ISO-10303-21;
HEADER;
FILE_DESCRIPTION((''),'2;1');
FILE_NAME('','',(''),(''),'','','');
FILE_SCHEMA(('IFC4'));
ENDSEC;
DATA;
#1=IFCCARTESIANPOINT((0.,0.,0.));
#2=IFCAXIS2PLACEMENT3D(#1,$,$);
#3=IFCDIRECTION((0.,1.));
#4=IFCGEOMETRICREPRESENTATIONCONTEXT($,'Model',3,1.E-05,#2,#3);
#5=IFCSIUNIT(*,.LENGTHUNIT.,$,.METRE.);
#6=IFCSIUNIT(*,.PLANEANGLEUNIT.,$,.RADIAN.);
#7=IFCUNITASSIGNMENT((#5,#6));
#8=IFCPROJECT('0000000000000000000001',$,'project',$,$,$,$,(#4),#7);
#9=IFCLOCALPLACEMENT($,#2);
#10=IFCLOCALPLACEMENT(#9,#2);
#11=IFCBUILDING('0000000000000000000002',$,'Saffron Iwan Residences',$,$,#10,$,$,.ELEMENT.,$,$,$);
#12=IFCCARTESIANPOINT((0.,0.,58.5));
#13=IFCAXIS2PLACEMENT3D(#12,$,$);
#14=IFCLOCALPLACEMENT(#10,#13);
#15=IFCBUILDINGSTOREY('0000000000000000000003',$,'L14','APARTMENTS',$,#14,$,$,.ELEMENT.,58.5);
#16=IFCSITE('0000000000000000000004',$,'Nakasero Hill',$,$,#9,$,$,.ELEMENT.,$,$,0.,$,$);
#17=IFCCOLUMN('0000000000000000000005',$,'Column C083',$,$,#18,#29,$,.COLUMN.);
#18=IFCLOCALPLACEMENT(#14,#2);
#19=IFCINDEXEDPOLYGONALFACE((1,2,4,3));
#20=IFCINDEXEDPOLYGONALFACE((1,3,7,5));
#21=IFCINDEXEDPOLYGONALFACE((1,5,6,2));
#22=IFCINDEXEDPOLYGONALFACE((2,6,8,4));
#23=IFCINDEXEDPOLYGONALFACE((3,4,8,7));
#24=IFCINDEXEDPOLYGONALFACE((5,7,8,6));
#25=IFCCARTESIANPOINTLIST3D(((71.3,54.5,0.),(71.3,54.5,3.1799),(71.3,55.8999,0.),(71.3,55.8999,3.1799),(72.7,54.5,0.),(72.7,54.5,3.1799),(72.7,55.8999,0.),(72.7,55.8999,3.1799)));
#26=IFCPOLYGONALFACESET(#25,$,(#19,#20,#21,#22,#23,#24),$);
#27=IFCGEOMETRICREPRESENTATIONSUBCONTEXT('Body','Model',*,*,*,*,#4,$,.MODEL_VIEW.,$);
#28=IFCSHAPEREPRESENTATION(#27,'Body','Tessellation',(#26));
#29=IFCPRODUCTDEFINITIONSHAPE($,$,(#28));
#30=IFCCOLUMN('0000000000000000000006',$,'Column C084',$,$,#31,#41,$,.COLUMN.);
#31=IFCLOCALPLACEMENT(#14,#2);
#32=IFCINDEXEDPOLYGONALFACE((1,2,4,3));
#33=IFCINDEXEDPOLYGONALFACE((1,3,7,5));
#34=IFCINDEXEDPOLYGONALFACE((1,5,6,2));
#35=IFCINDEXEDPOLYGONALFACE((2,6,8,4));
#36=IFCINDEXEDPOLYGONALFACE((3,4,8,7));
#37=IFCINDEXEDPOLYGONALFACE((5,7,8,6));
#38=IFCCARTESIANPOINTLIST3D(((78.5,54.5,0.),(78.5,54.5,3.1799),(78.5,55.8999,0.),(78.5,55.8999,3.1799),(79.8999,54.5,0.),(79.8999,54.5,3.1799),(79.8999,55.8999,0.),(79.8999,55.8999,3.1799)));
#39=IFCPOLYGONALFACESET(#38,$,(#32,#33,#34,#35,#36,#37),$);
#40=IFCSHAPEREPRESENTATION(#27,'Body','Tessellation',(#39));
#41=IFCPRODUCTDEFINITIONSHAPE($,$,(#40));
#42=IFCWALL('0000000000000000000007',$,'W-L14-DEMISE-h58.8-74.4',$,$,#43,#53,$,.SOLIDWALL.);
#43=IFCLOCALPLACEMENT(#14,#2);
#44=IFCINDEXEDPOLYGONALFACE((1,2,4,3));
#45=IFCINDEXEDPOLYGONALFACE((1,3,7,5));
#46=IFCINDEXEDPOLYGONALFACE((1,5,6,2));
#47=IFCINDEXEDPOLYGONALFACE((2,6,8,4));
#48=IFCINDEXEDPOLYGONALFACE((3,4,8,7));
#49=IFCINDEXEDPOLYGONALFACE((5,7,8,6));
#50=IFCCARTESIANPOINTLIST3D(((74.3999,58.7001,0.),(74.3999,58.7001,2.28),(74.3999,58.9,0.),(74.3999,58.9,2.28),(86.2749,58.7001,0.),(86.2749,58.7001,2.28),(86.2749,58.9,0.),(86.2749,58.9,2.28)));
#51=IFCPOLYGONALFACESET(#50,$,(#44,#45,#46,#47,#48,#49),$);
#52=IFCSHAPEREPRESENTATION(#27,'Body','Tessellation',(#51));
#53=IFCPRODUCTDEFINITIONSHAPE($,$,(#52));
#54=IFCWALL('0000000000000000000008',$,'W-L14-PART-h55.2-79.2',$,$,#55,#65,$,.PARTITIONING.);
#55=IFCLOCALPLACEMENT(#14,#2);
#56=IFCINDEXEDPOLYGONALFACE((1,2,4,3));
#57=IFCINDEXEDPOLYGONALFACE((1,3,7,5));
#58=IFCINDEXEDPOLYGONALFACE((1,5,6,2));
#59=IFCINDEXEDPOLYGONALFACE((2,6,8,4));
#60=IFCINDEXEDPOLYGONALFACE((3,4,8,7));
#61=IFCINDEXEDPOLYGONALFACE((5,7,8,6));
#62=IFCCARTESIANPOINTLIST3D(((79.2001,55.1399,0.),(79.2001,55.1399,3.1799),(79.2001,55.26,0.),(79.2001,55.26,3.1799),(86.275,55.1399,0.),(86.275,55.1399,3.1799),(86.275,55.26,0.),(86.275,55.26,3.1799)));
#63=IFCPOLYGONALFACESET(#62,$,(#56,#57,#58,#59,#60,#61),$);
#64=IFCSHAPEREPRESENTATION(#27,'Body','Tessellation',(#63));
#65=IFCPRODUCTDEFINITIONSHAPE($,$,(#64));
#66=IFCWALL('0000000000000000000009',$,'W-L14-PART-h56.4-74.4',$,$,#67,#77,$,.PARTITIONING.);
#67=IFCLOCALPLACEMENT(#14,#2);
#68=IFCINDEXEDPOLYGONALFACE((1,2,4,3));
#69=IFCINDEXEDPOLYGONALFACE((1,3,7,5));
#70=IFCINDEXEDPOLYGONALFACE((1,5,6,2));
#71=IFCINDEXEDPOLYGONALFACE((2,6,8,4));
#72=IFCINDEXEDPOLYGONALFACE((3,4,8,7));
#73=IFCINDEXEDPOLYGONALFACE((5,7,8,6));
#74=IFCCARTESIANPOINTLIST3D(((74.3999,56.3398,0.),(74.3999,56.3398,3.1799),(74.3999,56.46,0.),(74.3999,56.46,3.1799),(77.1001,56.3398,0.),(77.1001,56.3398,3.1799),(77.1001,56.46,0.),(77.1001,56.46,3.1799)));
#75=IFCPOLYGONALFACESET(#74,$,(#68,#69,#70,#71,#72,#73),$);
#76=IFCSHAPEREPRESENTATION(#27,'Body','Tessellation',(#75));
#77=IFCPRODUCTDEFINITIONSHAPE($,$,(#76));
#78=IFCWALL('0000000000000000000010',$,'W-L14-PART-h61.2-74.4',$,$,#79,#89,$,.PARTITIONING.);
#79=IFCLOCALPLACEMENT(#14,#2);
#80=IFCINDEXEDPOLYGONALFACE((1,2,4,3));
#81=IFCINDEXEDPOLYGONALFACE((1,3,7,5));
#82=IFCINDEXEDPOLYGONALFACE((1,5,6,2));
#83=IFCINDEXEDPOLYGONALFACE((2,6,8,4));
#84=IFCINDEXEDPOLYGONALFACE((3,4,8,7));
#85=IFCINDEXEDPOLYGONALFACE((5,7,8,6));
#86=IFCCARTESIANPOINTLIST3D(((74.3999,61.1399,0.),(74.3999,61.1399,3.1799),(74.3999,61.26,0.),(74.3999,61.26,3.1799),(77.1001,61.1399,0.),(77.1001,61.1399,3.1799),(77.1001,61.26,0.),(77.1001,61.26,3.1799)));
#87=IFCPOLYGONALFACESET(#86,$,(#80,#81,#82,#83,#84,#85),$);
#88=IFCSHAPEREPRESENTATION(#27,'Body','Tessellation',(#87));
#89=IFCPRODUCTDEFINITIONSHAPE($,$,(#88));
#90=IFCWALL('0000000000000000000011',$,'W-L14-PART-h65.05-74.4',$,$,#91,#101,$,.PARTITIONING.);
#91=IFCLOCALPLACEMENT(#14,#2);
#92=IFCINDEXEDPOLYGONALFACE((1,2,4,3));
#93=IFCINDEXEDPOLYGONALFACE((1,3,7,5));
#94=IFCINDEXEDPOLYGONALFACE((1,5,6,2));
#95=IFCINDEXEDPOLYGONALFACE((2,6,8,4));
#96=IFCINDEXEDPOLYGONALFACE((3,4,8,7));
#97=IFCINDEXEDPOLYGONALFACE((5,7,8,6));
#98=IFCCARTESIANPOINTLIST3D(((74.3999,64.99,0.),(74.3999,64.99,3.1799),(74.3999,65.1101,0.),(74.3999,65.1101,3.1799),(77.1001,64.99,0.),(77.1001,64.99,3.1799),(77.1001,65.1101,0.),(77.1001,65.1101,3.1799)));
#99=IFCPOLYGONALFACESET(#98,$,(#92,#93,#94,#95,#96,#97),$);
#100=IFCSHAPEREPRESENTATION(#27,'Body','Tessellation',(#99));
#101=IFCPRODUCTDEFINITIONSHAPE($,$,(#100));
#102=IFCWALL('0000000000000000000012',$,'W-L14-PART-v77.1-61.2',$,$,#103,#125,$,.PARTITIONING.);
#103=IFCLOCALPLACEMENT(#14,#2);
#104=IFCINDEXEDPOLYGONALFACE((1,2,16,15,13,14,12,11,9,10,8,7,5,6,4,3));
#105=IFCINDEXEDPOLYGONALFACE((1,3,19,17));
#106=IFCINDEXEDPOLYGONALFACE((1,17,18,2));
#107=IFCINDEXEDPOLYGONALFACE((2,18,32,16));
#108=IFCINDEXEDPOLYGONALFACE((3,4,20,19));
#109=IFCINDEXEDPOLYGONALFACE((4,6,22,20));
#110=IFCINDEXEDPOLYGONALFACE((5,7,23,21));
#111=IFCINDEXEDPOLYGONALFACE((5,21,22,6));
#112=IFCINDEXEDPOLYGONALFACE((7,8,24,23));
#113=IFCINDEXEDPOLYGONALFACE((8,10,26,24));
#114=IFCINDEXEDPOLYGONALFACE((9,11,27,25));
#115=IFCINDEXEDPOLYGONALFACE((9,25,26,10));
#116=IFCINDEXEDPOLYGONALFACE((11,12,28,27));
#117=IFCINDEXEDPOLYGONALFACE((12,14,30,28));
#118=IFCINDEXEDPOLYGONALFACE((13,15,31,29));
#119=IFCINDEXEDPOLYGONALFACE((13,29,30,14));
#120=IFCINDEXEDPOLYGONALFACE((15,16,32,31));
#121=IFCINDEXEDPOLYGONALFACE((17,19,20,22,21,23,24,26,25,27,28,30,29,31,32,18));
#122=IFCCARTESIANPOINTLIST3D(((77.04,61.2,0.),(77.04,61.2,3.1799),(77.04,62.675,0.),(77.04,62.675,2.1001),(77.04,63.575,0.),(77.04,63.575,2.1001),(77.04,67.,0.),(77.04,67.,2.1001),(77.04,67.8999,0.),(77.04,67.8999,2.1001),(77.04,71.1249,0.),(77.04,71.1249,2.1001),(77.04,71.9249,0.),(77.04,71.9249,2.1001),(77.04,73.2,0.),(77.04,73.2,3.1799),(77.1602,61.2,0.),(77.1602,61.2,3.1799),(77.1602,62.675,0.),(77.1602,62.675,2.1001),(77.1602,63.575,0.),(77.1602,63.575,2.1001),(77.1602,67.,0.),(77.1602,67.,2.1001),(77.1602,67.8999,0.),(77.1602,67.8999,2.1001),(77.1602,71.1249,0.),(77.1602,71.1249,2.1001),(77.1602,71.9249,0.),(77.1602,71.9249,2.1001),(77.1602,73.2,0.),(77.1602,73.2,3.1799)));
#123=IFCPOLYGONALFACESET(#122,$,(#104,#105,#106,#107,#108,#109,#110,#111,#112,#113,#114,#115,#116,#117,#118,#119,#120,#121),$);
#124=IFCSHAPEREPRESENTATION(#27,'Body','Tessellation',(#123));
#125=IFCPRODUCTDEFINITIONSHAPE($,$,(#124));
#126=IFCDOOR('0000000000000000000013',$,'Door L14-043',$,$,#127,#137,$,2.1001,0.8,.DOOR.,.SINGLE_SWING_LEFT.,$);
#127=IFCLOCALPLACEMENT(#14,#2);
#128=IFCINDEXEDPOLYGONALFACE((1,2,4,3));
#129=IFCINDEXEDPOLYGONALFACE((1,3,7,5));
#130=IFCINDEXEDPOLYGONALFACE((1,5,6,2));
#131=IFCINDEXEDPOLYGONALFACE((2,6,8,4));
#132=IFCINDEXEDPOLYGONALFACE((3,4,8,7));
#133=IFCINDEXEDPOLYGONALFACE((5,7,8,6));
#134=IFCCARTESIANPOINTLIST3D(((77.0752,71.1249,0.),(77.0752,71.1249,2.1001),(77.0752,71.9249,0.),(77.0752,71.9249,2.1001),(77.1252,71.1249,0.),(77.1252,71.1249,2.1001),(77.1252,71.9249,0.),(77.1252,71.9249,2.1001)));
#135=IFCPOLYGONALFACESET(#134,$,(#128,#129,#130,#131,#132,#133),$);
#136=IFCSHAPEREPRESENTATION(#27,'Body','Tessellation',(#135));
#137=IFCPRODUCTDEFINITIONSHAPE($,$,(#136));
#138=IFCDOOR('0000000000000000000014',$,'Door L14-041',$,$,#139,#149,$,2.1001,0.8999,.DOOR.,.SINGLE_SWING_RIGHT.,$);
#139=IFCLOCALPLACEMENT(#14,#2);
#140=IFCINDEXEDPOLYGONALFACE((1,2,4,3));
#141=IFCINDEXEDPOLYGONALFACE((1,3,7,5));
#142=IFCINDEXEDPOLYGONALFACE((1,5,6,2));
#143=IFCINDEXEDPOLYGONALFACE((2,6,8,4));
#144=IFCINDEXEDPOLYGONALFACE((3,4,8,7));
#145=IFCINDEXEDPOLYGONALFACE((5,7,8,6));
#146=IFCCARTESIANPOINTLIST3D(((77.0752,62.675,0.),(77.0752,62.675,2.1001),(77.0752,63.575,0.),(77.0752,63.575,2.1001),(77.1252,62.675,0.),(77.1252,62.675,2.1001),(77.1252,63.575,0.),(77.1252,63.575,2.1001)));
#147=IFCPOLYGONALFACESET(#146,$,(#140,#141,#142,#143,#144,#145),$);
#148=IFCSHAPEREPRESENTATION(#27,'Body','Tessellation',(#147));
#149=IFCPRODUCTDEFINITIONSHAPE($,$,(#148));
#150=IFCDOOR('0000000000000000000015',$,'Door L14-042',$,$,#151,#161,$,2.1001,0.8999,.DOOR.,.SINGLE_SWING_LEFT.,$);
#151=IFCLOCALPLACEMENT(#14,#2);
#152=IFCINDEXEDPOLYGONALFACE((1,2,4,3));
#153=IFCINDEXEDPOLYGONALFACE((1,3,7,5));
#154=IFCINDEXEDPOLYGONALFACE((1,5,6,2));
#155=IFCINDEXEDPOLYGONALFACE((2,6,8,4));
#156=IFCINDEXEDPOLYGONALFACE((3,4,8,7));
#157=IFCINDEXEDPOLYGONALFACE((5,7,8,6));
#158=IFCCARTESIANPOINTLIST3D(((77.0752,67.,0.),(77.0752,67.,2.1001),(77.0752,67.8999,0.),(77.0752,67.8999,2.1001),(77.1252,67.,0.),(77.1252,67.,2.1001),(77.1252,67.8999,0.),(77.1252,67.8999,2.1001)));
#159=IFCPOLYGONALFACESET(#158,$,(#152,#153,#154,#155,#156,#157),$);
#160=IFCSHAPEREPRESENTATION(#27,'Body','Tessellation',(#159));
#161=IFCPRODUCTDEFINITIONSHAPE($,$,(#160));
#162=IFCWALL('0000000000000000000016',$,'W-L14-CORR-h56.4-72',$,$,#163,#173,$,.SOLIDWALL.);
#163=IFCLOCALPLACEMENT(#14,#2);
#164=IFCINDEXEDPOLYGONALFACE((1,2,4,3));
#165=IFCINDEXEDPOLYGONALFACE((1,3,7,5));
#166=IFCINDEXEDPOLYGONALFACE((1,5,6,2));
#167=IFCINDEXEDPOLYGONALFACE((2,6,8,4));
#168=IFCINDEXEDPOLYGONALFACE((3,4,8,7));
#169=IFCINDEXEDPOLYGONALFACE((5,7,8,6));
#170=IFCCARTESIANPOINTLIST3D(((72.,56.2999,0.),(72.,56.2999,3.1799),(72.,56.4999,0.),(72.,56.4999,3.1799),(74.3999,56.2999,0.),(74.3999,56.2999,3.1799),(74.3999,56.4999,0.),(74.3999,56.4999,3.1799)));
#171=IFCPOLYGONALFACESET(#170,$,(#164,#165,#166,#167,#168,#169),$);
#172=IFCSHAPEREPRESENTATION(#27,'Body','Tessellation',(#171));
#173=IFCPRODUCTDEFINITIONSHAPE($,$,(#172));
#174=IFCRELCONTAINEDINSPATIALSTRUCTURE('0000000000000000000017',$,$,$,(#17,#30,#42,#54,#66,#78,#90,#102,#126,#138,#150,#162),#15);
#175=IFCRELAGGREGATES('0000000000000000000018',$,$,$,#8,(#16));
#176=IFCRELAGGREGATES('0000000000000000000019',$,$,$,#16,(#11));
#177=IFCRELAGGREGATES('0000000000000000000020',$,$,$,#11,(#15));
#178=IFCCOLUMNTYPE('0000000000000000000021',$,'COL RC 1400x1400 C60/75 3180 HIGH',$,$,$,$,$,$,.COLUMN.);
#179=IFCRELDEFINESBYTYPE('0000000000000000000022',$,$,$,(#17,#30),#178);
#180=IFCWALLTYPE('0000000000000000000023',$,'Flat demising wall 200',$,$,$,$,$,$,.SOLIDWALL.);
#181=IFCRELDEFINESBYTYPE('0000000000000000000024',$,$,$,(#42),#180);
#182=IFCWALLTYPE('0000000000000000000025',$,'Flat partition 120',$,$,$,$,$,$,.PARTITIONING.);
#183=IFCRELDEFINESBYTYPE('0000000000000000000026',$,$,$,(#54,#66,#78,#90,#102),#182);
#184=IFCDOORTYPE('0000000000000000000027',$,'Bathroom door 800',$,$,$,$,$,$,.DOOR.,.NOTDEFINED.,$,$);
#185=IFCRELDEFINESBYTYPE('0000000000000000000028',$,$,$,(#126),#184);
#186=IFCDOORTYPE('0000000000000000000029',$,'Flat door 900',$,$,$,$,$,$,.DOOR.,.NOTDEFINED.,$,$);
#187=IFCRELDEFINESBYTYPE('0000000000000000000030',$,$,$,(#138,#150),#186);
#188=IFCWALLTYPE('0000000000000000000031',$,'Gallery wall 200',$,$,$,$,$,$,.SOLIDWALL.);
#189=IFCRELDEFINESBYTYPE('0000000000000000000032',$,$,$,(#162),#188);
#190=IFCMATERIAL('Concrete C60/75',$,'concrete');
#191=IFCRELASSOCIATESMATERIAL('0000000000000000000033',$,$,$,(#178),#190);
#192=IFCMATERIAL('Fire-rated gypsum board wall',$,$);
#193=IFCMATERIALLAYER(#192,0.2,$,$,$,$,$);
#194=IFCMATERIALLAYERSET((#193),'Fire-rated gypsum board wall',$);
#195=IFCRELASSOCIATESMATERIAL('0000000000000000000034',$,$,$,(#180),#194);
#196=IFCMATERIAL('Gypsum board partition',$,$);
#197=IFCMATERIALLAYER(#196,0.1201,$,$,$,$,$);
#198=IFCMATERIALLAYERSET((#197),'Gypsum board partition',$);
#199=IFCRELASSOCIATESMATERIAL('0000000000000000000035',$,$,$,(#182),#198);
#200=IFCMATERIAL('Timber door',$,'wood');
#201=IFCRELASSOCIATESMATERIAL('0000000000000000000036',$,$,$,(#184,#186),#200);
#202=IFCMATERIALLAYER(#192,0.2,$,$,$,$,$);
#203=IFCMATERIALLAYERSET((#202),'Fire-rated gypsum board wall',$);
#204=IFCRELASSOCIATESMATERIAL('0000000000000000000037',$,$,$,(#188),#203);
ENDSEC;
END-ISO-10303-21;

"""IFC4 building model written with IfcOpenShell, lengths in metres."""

from ifc_helpers import new_model, si_unit, direction, frame, frame_2d, origin, origin_2d, place, context, subcontext, project, spatial, rectangle, extrude, source, transform, mapped, material, layer, layer_set, material_profile, profile_set, type_object, element, fill, save


model = new_model("IFC4")

# Units and contexts
model_context = context("Model", 3, precision=1e-05, world=origin(), true_north=direction((0.0, 1.0)))
body_context = subcontext(model_context, "Body", "Model", "MODEL_VIEW")
ifc_project = project(units=[si_unit("LENGTHUNIT", "METRE"), si_unit("PLANEANGLEUNIT", "RADIAN")], contexts=[model_context])

# Site, building, storey
site_placement = place(None, origin())
site = spatial("IfcSite", under=ifc_project, at=site_placement, Name="Nakasero Hill", CompositionType="ELEMENT", RefElevation=0.0)
building_placement = place(site_placement, origin())
building = spatial("IfcBuilding", under=site, at=building_placement, Name="Saffron Iwan Residences", CompositionType="ELEMENT")
storey_placement = place(building_placement, frame((0.0, 0.0, 58.5)))
storey = spatial("IfcBuildingStorey", under=building, at=storey_placement, Name="L14", Description="APARTMENTS", CompositionType="ELEMENT", Elevation=58.5)

# Columns
ifc_material_1 = material(Name="Concrete C60/75", Category="concrete")
ifc_material_profile = material_profile(ifc_material_1, rectangle(XDim=1.3999, YDim=1.3999, at=origin_2d()), Name="RC 1400x1400")
ifc_profile_set = profile_set([ifc_material_profile], Name="Concrete C60/75")
column_type = type_object("IfcColumnType", Name="COL RC 1400x1400 C60/75 3180 HIGH", PredefinedType="COLUMN", material=ifc_profile_set)
shared_shape = source(origin(), body_context, "Body", "SweptSolid", [
    extrude(rectangle(XDim=1.3999, YDim=1.3999, at=origin_2d()), origin(), (0.0, 0.0, 1.0), 3.1799),
])
for number, where, z_axis, x_axis, name in (
    (1, (72.0, 55.2, 0.0), (0.0, 0.0, 1.0), (1.0, 0.0, 0.0), "Column C083"),
    (2, (79.2, 55.2, 0.0), (0.0, 0.0, 1.0), (1.0, 0.0, 0.0), "Column C084"),
):
    element("IfcColumn", number, at=place(storey_placement, frame(where, z_axis=z_axis, x_axis=x_axis)), inside=storey, type_object=column_type, Name=name, PredefinedType="COLUMN", context=body_context, shape_type="MappedRepresentation", body=[
        mapped(shared_shape, transform((0.0, 0.0, 0.0))),
    ])

# Walls
ifc_material_2 = material(Name="Fire-rated gypsum board wall")
ifc_layer_1 = layer(ifc_material_2, 0.2)
ifc_layer_set_1 = layer_set([ifc_layer_1], Name="Fire-rated gypsum board wall")
wall_type_1 = type_object("IfcWallType", Name="Flat demising wall 200", PredefinedType="SOLIDWALL", material=ifc_layer_set_1)
wall_1_placement = place(storey_placement, frame((74.3999, 58.8, 0.0), z_axis=(0.0, 0.0, 1.0), x_axis=(1.0, 0.0, 0.0)))
element("IfcWall", 3, at=wall_1_placement, inside=storey, type_object=wall_type_1, Name="W-L14-DEMISE-h58.8-74.4", PredefinedType="SOLIDWALL", context=body_context, shape_type="SweptSolid", body=[
    extrude(rectangle(XDim=11.875, YDim=0.2, at=frame_2d((5.9375, 0.0))), origin(), (0.0, 0.0, 1.0), 2.28),
])
ifc_material_3 = material(Name="Gypsum board partition")
ifc_layer_2 = layer(ifc_material_3, 0.1201)
ifc_layer_set_2 = layer_set([ifc_layer_2], Name="Gypsum board partition")
wall_type_2 = type_object("IfcWallType", Name="Flat partition 120", PredefinedType="PARTITIONING", material=ifc_layer_set_2)
wall_2_placement = place(storey_placement, frame((79.2, 55.2, 0.0), z_axis=(0.0, 0.0, 1.0), x_axis=(1.0, 0.0, 0.0)))
element("IfcWall", 4, at=wall_2_placement, inside=storey, type_object=wall_type_2, Name="W-L14-PART-h55.2-79.2", PredefinedType="PARTITIONING", context=body_context, shape_type="SweptSolid", body=[
    extrude(rectangle(XDim=7.075, YDim=0.1201, at=frame_2d((3.5376, 0.0))), origin(), (0.0, 0.0, 1.0), 3.1799),
])
for number, where, z_axis, x_axis, name in (
    (5, (74.3999, 56.3999, 0.0), (0.0, 0.0, 1.0), (1.0, 0.0, 0.0), "W-L14-PART-h56.4-74.4"),
    (6, (74.3999, 61.2, 0.0), (0.0, 0.0, 1.0), (1.0, 0.0, 0.0), "W-L14-PART-h61.2-74.4"),
    (7, (74.3999, 65.05, 0.0), (0.0, 0.0, 1.0), (1.0, 0.0, 0.0), "W-L14-PART-h65.05-74.4"),
):
    element("IfcWall", number, at=place(storey_placement, frame(where, z_axis=z_axis, x_axis=x_axis)), inside=storey, type_object=wall_type_2, Name=name, PredefinedType="PARTITIONING", context=body_context, shape_type="SweptSolid", body=[
        extrude(rectangle(XDim=2.7002, YDim=0.1201, at=frame_2d((1.3501, 0.0))), origin(), (0.0, 0.0, 1.0), 3.1799),
    ])

# Wall, openings, doors
wall_3_placement = place(storey_placement, frame((77.1001, 61.2, 0.0), z_axis=(0.0, 0.0, 1.0), x_axis=(0.0, 1.0, 0.0)))
wall_3 = element("IfcWall", 8, at=wall_3_placement, inside=storey, type_object=wall_type_2, Name="W-L14-PART-v77.1-61.2", PredefinedType="PARTITIONING", context=body_context, shape_type="SweptSolid", body=[
    extrude(rectangle(XDim=12.0, YDim=0.1201, at=frame_2d((6.0, 0.0))), origin(), (0.0, 0.0, 1.0), 3.1799),
])
opening_1_placement = place(wall_3_placement, frame((1.4751, 0.0, 0.0)))
opening_1 = element("IfcOpeningElement", 9, at=opening_1_placement, cuts=wall_3, PredefinedType="OPENING", context=body_context, shape_type="SweptSolid", body=[
    extrude(rectangle(XDim=0.8999, YDim=2.1001, at=frame_2d((0.45, 1.05))), frame((0.0, 0.0701, 0.0), z_axis=(0.0, -1.0, 0.0), x_axis=(1.0, 0.0, 0.0)), (0.0, 0.0, 1.0), 0.1401),
])
opening_2_placement = place(wall_3_placement, frame((5.8, 0.0, 0.0)))
opening_2 = element("IfcOpeningElement", 10, at=opening_2_placement, cuts=wall_3, PredefinedType="OPENING", context=body_context, shape_type="SweptSolid", body=[
    extrude(rectangle(XDim=0.8999, YDim=2.1001, at=frame_2d((0.45, 1.05))), frame((0.0, 0.0701, 0.0), z_axis=(0.0, -1.0, 0.0), x_axis=(1.0, 0.0, 0.0)), (0.0, 0.0, 1.0), 0.1401),
])
opening_3_placement = place(wall_3_placement, frame((9.925, 0.0, 0.0)))
opening_3 = element("IfcOpeningElement", 11, at=opening_3_placement, cuts=wall_3, PredefinedType="OPENING", context=body_context, shape_type="SweptSolid", body=[
    extrude(rectangle(XDim=0.8, YDim=2.1001, at=frame_2d((0.3999, 1.05))), frame((0.0, 0.0701, 0.0), z_axis=(0.0, -1.0, 0.0), x_axis=(1.0, 0.0, 0.0)), (0.0, 0.0, 1.0), 0.1401),
])
ifc_material_4 = material(Name="Timber door", Category="wood")
door_type_1 = type_object("IfcDoorType", Name="Bathroom door 800", OperationType="NOTDEFINED", PredefinedType="DOOR", material=ifc_material_4)
door_1_placement = place(opening_3_placement, origin())
door_1 = element("IfcDoor", 12, at=door_1_placement, inside=storey, type_object=door_type_1, Name="Door L14-043", OperationType="SINGLE_SWING_LEFT", OverallHeight=2.1001, OverallWidth=0.8, PredefinedType="DOOR", context=body_context, shape_type="SweptSolid", body=[
    extrude(rectangle(XDim=0.8, YDim=2.1001, at=frame_2d((0.3999, 1.05))), frame((0.0, 0.0249, 0.0), z_axis=(0.0, -1.0, 0.0), x_axis=(1.0, 0.0, 0.0)), (0.0, 0.0, 1.0), 0.05),
])
fill(opening_3, door_1)
door_type_2 = type_object("IfcDoorType", Name="Flat door 900", OperationType="NOTDEFINED", PredefinedType="DOOR", material=ifc_material_4)
door_2_placement = place(opening_1_placement, origin())
door_2 = element("IfcDoor", 13, at=door_2_placement, inside=storey, type_object=door_type_2, Name="Door L14-041", OperationType="SINGLE_SWING_RIGHT", OverallHeight=2.1001, OverallWidth=0.8999, PredefinedType="DOOR", context=body_context, shape_type="SweptSolid", body=[
    extrude(rectangle(XDim=0.8999, YDim=2.1001, at=frame_2d((0.45, 1.05))), frame((0.0, 0.0249, 0.0), z_axis=(0.0, -1.0, 0.0), x_axis=(1.0, 0.0, 0.0)), (0.0, 0.0, 1.0), 0.05),
])
fill(opening_1, door_2)
door_3_placement = place(opening_2_placement, origin())
door_3 = element("IfcDoor", 14, at=door_3_placement, inside=storey, type_object=door_type_2, Name="Door L14-042", OperationType="SINGLE_SWING_LEFT", OverallHeight=2.1001, OverallWidth=0.8999, PredefinedType="DOOR", context=body_context, shape_type="SweptSolid", body=[
    extrude(rectangle(XDim=0.8999, YDim=2.1001, at=frame_2d((0.45, 1.05))), frame((0.0, 0.0249, 0.0), z_axis=(0.0, -1.0, 0.0), x_axis=(1.0, 0.0, 0.0)), (0.0, 0.0, 1.0), 0.05),
])
fill(opening_2, door_3)

# Wall
ifc_layer_3 = layer(ifc_material_2, 0.2)
ifc_layer_set_3 = layer_set([ifc_layer_3], Name="Fire-rated gypsum board wall")
wall_type_3 = type_object("IfcWallType", Name="Gallery wall 200", PredefinedType="SOLIDWALL", material=ifc_layer_set_3)
wall_4_placement = place(storey_placement, frame((72.0, 56.3999, 0.0), z_axis=(0.0, 0.0, 1.0), x_axis=(1.0, 0.0, 0.0)))
element("IfcWall", 15, at=wall_4_placement, inside=storey, type_object=wall_type_3, Name="W-L14-CORR-h56.4-72", PredefinedType="SOLIDWALL", context=body_context, shape_type="SweptSolid", body=[
    extrude(rectangle(XDim=2.3999, YDim=0.2, at=frame_2d((1.2, 0.0))), origin(), (0.0, 0.0, 1.0), 3.1799),
])

save(model, "model.ifc")
